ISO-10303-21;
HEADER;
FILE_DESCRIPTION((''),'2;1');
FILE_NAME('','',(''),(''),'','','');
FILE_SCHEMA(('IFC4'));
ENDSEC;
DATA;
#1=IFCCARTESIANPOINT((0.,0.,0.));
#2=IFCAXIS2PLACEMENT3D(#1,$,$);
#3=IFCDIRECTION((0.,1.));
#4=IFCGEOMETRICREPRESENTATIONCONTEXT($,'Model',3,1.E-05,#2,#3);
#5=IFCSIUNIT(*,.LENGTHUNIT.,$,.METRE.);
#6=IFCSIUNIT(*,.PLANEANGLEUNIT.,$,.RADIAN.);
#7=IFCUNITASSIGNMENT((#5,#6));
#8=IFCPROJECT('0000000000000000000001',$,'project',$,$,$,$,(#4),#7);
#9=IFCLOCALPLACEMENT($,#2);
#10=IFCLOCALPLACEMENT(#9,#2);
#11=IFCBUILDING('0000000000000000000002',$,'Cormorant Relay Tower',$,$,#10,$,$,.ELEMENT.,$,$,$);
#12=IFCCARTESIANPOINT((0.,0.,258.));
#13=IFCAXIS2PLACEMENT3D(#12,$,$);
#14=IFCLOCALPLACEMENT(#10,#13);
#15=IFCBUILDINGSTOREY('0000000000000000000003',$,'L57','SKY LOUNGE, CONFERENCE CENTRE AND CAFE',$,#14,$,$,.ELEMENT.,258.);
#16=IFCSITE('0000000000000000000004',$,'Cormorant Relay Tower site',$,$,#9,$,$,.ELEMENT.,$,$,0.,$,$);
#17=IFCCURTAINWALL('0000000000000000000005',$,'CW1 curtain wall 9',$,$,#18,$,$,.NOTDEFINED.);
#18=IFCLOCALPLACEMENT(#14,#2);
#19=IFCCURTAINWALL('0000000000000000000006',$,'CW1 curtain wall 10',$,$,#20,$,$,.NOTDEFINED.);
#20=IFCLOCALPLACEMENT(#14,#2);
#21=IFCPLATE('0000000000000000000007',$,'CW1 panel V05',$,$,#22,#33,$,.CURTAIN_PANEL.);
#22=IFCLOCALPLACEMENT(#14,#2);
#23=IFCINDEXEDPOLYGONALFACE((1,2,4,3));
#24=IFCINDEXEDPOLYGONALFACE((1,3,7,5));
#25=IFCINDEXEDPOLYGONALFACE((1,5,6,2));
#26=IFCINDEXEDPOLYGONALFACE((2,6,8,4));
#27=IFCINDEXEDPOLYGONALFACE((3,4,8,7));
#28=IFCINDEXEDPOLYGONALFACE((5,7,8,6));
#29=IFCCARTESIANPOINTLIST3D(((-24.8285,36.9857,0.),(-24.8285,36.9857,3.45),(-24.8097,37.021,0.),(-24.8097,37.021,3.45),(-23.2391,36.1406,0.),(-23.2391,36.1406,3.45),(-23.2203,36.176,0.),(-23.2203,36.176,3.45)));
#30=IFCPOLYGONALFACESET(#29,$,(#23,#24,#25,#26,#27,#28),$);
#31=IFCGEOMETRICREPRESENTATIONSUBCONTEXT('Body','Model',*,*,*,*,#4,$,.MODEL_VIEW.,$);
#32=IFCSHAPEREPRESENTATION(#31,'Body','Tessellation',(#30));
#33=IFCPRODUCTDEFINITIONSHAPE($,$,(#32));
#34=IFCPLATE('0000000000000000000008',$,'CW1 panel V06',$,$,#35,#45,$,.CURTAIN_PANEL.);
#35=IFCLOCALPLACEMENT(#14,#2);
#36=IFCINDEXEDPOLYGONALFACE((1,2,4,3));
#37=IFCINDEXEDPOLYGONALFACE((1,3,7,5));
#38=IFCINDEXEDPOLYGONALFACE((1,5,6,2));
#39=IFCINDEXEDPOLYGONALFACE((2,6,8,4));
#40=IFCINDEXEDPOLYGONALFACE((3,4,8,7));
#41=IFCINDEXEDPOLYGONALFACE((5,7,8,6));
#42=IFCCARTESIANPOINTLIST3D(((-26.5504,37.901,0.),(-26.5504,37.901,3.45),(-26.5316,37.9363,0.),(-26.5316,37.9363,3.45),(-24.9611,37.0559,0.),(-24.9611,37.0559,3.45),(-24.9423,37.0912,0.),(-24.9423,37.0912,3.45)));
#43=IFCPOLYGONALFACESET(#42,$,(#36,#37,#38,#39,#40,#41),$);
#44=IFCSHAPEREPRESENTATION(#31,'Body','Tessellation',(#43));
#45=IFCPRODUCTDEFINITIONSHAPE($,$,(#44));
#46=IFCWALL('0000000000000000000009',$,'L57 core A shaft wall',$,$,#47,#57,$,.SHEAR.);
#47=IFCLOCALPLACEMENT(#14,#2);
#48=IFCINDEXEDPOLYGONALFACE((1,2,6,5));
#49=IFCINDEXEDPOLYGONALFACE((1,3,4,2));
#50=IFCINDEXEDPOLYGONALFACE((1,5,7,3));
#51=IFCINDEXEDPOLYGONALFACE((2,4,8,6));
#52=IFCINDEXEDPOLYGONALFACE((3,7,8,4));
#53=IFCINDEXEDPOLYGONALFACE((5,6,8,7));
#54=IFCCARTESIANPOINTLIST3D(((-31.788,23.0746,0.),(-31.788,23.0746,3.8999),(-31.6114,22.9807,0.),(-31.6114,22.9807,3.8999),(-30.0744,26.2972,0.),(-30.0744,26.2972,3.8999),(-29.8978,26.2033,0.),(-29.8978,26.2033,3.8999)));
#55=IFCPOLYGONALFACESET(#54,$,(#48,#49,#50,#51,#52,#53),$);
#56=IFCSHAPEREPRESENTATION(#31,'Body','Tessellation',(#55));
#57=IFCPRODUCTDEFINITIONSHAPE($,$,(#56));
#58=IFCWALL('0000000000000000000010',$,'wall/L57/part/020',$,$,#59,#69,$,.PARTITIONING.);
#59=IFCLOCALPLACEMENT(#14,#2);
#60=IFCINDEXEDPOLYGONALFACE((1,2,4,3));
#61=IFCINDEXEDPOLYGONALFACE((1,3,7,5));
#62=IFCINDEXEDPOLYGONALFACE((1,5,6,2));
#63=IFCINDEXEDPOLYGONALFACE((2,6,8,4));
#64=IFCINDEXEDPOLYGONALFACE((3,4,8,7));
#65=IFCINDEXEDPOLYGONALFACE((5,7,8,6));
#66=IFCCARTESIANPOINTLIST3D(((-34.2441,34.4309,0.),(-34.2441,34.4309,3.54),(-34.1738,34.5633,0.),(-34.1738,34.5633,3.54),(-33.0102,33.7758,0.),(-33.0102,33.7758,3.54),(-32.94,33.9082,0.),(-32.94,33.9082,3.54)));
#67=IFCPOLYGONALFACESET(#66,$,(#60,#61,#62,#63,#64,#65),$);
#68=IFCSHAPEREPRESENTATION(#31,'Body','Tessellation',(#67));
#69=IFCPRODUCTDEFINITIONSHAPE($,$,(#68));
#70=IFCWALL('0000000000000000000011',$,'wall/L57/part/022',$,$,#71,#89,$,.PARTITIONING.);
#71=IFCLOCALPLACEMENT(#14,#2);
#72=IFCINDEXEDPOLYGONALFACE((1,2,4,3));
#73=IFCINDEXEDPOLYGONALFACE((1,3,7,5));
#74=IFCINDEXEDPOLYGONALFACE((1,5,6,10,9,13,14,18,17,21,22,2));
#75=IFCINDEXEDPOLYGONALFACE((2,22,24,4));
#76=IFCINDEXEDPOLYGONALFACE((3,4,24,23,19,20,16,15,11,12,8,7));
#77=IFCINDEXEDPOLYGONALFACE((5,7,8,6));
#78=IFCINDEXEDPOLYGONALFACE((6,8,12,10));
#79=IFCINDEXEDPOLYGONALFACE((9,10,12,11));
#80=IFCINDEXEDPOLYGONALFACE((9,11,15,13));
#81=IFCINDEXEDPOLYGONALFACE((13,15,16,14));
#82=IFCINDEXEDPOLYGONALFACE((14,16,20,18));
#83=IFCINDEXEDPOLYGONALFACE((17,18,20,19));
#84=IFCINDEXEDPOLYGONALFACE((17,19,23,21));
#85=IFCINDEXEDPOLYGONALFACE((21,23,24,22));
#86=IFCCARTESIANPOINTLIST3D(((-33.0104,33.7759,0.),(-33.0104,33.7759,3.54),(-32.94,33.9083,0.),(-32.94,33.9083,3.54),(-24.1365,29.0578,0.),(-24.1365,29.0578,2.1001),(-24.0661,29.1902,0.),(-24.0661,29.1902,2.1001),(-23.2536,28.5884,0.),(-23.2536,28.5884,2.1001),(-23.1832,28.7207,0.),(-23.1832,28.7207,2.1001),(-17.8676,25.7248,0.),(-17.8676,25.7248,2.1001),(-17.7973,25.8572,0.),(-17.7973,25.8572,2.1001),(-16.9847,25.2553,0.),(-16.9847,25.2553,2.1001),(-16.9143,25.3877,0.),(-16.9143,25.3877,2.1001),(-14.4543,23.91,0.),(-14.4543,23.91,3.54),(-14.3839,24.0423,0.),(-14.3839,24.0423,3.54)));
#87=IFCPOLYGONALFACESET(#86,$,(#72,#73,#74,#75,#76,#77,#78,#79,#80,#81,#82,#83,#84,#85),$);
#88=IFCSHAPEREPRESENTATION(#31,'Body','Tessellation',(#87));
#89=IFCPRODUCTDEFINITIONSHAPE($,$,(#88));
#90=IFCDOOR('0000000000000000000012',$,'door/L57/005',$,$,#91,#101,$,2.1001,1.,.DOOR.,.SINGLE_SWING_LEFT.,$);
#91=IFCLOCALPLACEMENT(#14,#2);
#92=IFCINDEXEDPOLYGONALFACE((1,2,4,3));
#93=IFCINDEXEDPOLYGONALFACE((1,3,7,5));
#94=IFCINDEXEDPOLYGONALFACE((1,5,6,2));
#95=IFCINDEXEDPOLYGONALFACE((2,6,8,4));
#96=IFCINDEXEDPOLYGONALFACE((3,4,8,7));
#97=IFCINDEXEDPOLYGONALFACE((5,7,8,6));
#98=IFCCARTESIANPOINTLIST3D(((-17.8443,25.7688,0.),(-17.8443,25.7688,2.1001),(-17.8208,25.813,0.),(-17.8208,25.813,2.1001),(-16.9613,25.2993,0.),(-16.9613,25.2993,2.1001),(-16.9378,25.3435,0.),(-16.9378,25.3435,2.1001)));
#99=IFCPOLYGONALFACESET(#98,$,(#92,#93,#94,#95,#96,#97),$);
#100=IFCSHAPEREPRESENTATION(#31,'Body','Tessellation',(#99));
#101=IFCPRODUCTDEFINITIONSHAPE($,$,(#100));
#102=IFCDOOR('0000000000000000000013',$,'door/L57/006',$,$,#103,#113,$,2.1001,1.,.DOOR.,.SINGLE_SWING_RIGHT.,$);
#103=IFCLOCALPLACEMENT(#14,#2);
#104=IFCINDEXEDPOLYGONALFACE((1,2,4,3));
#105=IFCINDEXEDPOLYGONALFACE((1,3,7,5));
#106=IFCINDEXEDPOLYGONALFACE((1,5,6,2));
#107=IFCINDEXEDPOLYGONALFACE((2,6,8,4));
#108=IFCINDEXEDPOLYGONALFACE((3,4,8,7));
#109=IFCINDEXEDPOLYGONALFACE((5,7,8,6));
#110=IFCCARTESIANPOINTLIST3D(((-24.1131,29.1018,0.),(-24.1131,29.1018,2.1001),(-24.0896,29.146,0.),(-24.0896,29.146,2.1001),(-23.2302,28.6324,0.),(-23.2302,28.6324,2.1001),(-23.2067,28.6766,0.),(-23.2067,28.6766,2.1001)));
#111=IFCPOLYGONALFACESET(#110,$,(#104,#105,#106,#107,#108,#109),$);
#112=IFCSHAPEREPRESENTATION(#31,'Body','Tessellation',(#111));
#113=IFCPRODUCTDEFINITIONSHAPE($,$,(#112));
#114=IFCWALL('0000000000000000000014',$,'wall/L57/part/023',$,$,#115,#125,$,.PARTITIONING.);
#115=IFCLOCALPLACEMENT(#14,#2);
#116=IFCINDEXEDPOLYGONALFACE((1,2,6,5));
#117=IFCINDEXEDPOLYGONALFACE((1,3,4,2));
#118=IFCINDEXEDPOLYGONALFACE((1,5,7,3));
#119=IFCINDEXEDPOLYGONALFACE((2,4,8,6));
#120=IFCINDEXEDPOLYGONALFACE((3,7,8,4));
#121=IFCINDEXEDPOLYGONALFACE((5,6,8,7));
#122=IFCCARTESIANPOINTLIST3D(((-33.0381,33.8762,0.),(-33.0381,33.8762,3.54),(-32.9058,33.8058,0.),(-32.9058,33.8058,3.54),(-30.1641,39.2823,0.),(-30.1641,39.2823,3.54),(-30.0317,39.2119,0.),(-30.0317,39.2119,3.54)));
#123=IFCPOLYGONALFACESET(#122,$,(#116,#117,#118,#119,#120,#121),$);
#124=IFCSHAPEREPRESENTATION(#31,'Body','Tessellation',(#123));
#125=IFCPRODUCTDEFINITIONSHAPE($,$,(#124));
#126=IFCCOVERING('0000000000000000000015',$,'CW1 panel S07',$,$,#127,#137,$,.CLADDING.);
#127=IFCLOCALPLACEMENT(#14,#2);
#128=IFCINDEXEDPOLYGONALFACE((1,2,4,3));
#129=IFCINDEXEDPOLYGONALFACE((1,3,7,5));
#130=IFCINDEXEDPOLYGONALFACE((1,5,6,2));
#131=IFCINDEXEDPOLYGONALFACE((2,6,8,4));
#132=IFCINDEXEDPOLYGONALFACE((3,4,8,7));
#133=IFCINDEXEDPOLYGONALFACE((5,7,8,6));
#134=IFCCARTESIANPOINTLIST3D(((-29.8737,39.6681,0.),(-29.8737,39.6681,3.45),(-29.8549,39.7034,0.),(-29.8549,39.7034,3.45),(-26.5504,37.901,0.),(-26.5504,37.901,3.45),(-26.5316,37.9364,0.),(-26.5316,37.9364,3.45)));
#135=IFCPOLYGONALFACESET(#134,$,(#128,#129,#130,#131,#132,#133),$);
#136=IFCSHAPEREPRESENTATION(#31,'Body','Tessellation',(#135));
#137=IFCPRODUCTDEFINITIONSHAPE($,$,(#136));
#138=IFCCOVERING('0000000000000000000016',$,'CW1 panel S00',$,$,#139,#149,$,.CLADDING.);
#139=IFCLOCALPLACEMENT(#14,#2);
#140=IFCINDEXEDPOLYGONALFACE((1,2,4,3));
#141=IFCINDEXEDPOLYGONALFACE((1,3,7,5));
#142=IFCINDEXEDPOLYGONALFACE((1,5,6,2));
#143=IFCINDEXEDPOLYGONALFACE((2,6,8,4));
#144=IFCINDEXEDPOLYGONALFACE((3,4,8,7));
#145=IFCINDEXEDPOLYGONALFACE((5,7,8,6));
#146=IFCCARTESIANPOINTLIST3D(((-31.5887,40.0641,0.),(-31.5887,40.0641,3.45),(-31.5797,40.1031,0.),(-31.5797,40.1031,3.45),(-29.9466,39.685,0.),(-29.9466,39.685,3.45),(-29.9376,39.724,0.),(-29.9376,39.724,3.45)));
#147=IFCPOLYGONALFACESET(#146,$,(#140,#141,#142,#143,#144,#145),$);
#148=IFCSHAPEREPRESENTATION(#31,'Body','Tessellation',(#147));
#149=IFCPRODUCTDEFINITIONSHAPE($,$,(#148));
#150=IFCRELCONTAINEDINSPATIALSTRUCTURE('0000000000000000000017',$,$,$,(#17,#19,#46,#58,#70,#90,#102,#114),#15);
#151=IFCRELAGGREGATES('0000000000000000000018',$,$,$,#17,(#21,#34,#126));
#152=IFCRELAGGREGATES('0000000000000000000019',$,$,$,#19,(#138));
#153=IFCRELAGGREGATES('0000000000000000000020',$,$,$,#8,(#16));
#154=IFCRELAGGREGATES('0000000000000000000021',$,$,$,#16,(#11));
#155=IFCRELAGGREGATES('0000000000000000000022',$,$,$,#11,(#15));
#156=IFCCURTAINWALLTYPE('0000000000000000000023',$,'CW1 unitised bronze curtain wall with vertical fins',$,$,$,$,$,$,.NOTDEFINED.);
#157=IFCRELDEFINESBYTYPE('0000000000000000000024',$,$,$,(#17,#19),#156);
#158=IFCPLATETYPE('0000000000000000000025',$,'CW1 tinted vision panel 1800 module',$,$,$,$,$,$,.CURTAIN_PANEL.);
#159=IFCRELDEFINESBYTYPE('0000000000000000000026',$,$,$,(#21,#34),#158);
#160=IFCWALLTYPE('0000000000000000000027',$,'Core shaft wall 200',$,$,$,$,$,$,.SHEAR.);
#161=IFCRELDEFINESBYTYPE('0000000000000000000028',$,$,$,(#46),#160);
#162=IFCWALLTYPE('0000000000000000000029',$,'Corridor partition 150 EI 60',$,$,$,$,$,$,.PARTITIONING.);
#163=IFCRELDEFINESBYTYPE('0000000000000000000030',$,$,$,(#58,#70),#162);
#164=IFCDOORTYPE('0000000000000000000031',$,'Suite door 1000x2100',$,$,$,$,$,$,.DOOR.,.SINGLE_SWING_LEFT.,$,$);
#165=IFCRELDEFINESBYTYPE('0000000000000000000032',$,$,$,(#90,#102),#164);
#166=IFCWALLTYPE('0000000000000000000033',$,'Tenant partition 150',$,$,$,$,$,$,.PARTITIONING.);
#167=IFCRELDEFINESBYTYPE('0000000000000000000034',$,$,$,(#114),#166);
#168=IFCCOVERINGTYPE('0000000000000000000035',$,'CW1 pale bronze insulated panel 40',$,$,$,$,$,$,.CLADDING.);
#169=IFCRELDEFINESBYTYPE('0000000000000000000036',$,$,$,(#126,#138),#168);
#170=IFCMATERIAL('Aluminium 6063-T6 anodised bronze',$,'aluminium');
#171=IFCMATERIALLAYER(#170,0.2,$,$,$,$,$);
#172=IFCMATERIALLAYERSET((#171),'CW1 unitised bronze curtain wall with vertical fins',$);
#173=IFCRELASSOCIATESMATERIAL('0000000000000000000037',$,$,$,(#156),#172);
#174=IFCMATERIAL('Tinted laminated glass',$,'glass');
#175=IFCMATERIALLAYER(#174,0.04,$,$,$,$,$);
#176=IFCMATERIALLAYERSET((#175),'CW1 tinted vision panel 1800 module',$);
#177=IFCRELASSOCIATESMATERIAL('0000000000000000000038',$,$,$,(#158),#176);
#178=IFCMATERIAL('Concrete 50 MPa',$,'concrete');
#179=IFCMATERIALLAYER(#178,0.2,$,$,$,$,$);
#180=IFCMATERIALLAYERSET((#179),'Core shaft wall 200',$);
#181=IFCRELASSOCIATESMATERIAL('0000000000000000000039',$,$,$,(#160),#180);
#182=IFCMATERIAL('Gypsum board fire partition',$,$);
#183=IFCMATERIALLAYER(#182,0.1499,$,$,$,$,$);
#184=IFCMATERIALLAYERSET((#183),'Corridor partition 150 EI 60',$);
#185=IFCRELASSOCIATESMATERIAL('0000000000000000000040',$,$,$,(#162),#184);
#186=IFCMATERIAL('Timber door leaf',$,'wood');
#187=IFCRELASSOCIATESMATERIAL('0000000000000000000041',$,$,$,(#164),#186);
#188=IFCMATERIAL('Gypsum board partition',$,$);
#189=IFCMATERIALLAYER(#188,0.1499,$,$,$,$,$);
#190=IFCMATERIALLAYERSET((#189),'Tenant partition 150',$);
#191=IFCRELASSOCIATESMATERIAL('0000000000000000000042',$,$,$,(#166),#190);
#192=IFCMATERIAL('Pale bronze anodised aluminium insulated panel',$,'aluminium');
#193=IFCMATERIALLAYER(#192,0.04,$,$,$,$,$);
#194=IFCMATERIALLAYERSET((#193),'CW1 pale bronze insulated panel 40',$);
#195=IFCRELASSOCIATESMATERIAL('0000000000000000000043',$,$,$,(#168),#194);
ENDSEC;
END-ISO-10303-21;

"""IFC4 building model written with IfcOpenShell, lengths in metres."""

from ifc_helpers import new_model, si_unit, direction, frame, frame_2d, origin, origin_2d, place, context, subcontext, project, spatial, rectangle, extrude, material, layer, layer_set, type_object, element, fill, aggregate, save


model = new_model("IFC4")

# Units and contexts
model_context = context("Model", 3, precision=1e-05, world=origin(), true_north=direction((0.0, 1.0)))
body_context = subcontext(model_context, "Body", "Model", "MODEL_VIEW")
ifc_project = project(units=[si_unit("LENGTHUNIT", "METRE"), si_unit("PLANEANGLEUNIT", "RADIAN")], contexts=[model_context])

# Site, building, storey
site_placement = place(None, origin())
site = spatial("IfcSite", under=ifc_project, at=site_placement, Name="Cormorant Relay Tower site", CompositionType="ELEMENT", RefElevation=0.0)
building_placement = place(site_placement, origin())
building = spatial("IfcBuilding", under=site, at=building_placement, Name="Cormorant Relay Tower", CompositionType="ELEMENT")
storey_placement = place(building_placement, frame((0.0, 0.0, 258.0)))
storey = spatial("IfcBuildingStorey", under=building, at=storey_placement, Name="L57", Description="SKY LOUNGE, CONFERENCE CENTRE AND CAFE", CompositionType="ELEMENT", Elevation=258.0)

# Curtain wall
ifc_material_1 = material(Name="Aluminium 6063-T6 anodised bronze", Category="aluminium")
ifc_layer_1 = layer(ifc_material_1, 0.2)
ifc_layer_set_1 = layer_set([ifc_layer_1], Name="CW1 unitised bronze curtain wall with vertical fins")
curtain_wall_type = type_object("IfcCurtainWallType", Name="CW1 unitised bronze curtain wall with vertical fins", PredefinedType="NOTDEFINED", material=ifc_layer_set_1)
curtain_wall_1_placement = place(storey_placement, origin())
curtain_wall_1 = element("IfcCurtainWall", 1, at=curtain_wall_1_placement, inside=storey, type_object=curtain_wall_type, Name="CW1 curtain wall 9", PredefinedType="NOTDEFINED")

# Curtain wall
curtain_wall_2_placement = place(storey_placement, origin())
curtain_wall_2 = element("IfcCurtainWall", 2, at=curtain_wall_2_placement, inside=storey, type_object=curtain_wall_type, Name="CW1 curtain wall 10", PredefinedType="NOTDEFINED")

# Plates
ifc_material_2 = material(Name="Tinted laminated glass", Category="glass")
ifc_layer_2 = layer(ifc_material_2, 0.04)
ifc_layer_set_2 = layer_set([ifc_layer_2], Name="CW1 tinted vision panel 1800 module")
plate_type = type_object("IfcPlateType", Name="CW1 tinted vision panel 1800 module", PredefinedType="CURTAIN_PANEL", material=ifc_layer_set_2)
plate_1_placement = place(storey_placement, frame((-24.0244, 36.5808, 0.0), z_axis=(0.0, 0.0, 1.0), x_axis=(-0.882948, 0.469472, 0.0)))
plate_1 = element("IfcPlate", 3, at=plate_1_placement, type_object=plate_type, Name="CW1 panel V05", PredefinedType="CURTAIN_PANEL", context=body_context, shape_type="SweptSolid", body=[
    extrude(rectangle(XDim=1.8, YDim=0.04, at=origin_2d()), origin(), (0.0, 0.0, 1.0), 3.45),
])
plate_2_placement = place(storey_placement, frame((-25.7463, 37.4961, 0.0), z_axis=(0.0, 0.0, 1.0), x_axis=(-0.882948, 0.469472, 0.0)))
plate_2 = element("IfcPlate", 4, at=plate_2_placement, type_object=plate_type, Name="CW1 panel V06", PredefinedType="CURTAIN_PANEL", context=body_context, shape_type="SweptSolid", body=[
    extrude(rectangle(XDim=1.8, YDim=0.04, at=origin_2d()), origin(), (0.0, 0.0, 1.0), 3.45),
])

# Wall
ifc_material_3 = material(Name="Concrete 50 MPa", Category="concrete")
ifc_layer_3 = layer(ifc_material_3, 0.2)
ifc_layer_set_3 = layer_set([ifc_layer_3], Name="Core shaft wall 200")
wall_type_1 = type_object("IfcWallType", Name="Core shaft wall 200", PredefinedType="SHEAR", material=ifc_layer_set_3)
wall_1_placement = place(storey_placement, frame((-29.9861, 26.2502, 0.0), z_axis=(0.0, 0.0, 1.0), x_axis=(-0.469494, -0.882936, 0.0)))
element("IfcWall", 5, at=wall_1_placement, inside=storey, type_object=wall_type_1, Name="L57 core A shaft wall", PredefinedType="SHEAR", context=body_context, shape_type="SweptSolid", body=[
    extrude(rectangle(XDim=3.6499, YDim=0.2, at=frame_2d((1.825, 0.0))), origin(), (0.0, 0.0, 1.0), 3.8999),
])

# Wall
ifc_material_4 = material(Name="Gypsum board fire partition")
ifc_layer_4 = layer(ifc_material_4, 0.1499)
ifc_layer_set_4 = layer_set([ifc_layer_4], Name="Corridor partition 150 EI 60")
wall_type_2 = type_object("IfcWallType", Name="Corridor partition 150 EI 60", PredefinedType="PARTITIONING", material=ifc_layer_set_4)
wall_2_placement = place(storey_placement, frame((-32.9751, 33.842, 0.0), z_axis=(0.0, 0.0, 1.0), x_axis=(-0.883256, 0.468891, 0.0)))
element("IfcWall", 6, at=wall_2_placement, inside=storey, type_object=wall_type_2, Name="wall/L57/part/020", PredefinedType="PARTITIONING", context=body_context, shape_type="SweptSolid", body=[
    extrude(rectangle(XDim=1.397, YDim=0.1499, at=frame_2d((0.6985, 0.0))), origin(), (0.0, 0.0, 1.0), 3.54),
])

# Wall, openings, doors
wall_3_placement = place(storey_placement, frame((-32.9751, 33.842, 0.0), z_axis=(0.0, 0.0, 1.0), x_axis=(0.882958, -0.469452, 0.0)))
wall_3 = element("IfcWall", 7, at=wall_3_placement, inside=storey, type_object=wall_type_2, Name="wall/L57/part/022", PredefinedType="PARTITIONING", context=body_context, shape_type="SweptSolid", body=[
    extrude(rectangle(XDim=21.0159, YDim=0.1499, at=frame_2d((10.5078, 0.0))), origin(), (0.0, 0.0, 1.0), 3.54),
])
opening_1_placement = place(wall_3_placement, frame((17.1499, 0.0, 0.0)))
opening_1 = element("IfcOpeningElement", 8, at=opening_1_placement, cuts=wall_3, PredefinedType="OPENING", context=body_context, shape_type="SweptSolid", body=[
    extrude(rectangle(XDim=1.0, YDim=2.1001, at=frame_2d((0.5, 1.05))), frame((0.0, 0.085, 0.0), z_axis=(0.0, -1.0, 0.0), x_axis=(1.0, 0.0, 0.0)), (0.0, 0.0, 1.0), 0.1699),
])
opening_2_placement = place(wall_3_placement, frame((10.05, 0.0, 0.0)))
opening_2 = element("IfcOpeningElement", 9, at=opening_2_placement, cuts=wall_3, PredefinedType="OPENING", context=body_context, shape_type="SweptSolid", body=[
    extrude(rectangle(XDim=1.0, YDim=2.1001, at=frame_2d((0.5, 1.05))), frame((0.0, 0.085, 0.0), z_axis=(0.0, -1.0, 0.0), x_axis=(1.0, 0.0, 0.0)), (0.0, 0.0, 1.0), 0.1699),
])
ifc_material_5 = material(Name="Timber door leaf", Category="wood")
door_type_1 = type_object("IfcDoorType", Name="Suite door 1000x2100", OperationType="SINGLE_SWING_LEFT", PredefinedType="DOOR", material=ifc_material_5)
door_1_placement = place(opening_1_placement, origin())
door_1 = element("IfcDoor", 10, at=door_1_placement, inside=storey, type_object=door_type_1, Name="door/L57/005", OperationType="SINGLE_SWING_LEFT", OverallHeight=2.1001, OverallWidth=1.0, PredefinedType="DOOR", context=body_context, shape_type="SweptSolid", body=[
    extrude(rectangle(XDim=1.0, YDim=2.1001, at=frame_2d((0.5, 1.05))), frame((0.0, 0.0249, 0.0), z_axis=(0.0, -1.0, 0.0), x_axis=(1.0, 0.0, 0.0)), (0.0, 0.0, 1.0), 0.05),
])
fill(opening_1, door_1)
door_2_placement = place(opening_2_placement, origin())
door_2 = element("IfcDoor", 11, at=door_2_placement, inside=storey, type_object=door_type_1, Name="door/L57/006", OperationType="SINGLE_SWING_RIGHT", OverallHeight=2.1001, OverallWidth=1.0, PredefinedType="DOOR", context=body_context, shape_type="SweptSolid", body=[
    extrude(rectangle(XDim=1.0, YDim=2.1001, at=frame_2d((0.5, 1.05))), frame((0.0, 0.0249, 0.0), z_axis=(0.0, -1.0, 0.0), x_axis=(1.0, 0.0, 0.0)), (0.0, 0.0, 1.0), 0.05),
])
fill(opening_2, door_2)

# Wall
ifc_material_6 = material(Name="Gypsum board partition")
ifc_layer_5 = layer(ifc_material_6, 0.1499)
ifc_layer_set_5 = layer_set([ifc_layer_5], Name="Tenant partition 150")
wall_type_3 = type_object("IfcWallType", Name="Tenant partition 150", PredefinedType="PARTITIONING", material=ifc_layer_set_5)
wall_4_placement = place(storey_placement, frame((-30.0979, 39.2471, 0.0), z_axis=(0.0, 0.0, 1.0), x_axis=(-0.469421, -0.882975, 0.0)))
element("IfcWall", 12, at=wall_4_placement, inside=storey, type_object=wall_type_3, Name="wall/L57/part/023", PredefinedType="PARTITIONING", context=body_context, shape_type="SweptSolid", body=[
    extrude(rectangle(XDim=6.1226, YDim=0.1499, at=frame_2d((3.0613, 0.0))), origin(), (0.0, 0.0, 1.0), 3.54),
])

# Coverings
ifc_material_7 = material(Name="Pale bronze anodised aluminium insulated panel", Category="aluminium")
ifc_layer_6 = layer(ifc_material_7, 0.04)
ifc_layer_set_6 = layer_set([ifc_layer_6], Name="CW1 pale bronze insulated panel 40")
covering_type = type_object("IfcCoveringType", Name="CW1 pale bronze insulated panel 40", PredefinedType="CLADDING", material=ifc_layer_set_6)
covering_1_placement = place(storey_placement, frame((-28.2026, 38.8022, 0.0), z_axis=(0.0, 0.0, 1.0), x_axis=(-0.882948, 0.469472, 0.0)))
covering_1 = element("IfcCovering", 13, at=covering_1_placement, type_object=covering_type, Name="CW1 panel S07", PredefinedType="CLADDING", context=body_context, shape_type="SweptSolid", body=[
    extrude(rectangle(XDim=3.7639, YDim=0.04, at=origin_2d()), origin(), (0.0, 0.0, 1.0), 3.45),
])
aggregate(curtain_wall_1, [plate_1, plate_2, covering_1])
covering_2_placement = place(storey_placement, frame((-30.7632, 39.894, 0.0), z_axis=(0.0, 0.0, 1.0), x_axis=(-0.97437, 0.224951, 0.0)))
covering_2 = element("IfcCovering", 14, at=covering_2_placement, type_object=covering_type, Name="CW1 panel S00", PredefinedType="CLADDING", context=body_context, shape_type="SweptSolid", body=[
    extrude(rectangle(XDim=1.6853, YDim=0.04, at=origin_2d()), origin(), (0.0, 0.0, 1.0), 3.45),
])
aggregate(curtain_wall_2, [covering_2])

save(model, "model.ifc")
